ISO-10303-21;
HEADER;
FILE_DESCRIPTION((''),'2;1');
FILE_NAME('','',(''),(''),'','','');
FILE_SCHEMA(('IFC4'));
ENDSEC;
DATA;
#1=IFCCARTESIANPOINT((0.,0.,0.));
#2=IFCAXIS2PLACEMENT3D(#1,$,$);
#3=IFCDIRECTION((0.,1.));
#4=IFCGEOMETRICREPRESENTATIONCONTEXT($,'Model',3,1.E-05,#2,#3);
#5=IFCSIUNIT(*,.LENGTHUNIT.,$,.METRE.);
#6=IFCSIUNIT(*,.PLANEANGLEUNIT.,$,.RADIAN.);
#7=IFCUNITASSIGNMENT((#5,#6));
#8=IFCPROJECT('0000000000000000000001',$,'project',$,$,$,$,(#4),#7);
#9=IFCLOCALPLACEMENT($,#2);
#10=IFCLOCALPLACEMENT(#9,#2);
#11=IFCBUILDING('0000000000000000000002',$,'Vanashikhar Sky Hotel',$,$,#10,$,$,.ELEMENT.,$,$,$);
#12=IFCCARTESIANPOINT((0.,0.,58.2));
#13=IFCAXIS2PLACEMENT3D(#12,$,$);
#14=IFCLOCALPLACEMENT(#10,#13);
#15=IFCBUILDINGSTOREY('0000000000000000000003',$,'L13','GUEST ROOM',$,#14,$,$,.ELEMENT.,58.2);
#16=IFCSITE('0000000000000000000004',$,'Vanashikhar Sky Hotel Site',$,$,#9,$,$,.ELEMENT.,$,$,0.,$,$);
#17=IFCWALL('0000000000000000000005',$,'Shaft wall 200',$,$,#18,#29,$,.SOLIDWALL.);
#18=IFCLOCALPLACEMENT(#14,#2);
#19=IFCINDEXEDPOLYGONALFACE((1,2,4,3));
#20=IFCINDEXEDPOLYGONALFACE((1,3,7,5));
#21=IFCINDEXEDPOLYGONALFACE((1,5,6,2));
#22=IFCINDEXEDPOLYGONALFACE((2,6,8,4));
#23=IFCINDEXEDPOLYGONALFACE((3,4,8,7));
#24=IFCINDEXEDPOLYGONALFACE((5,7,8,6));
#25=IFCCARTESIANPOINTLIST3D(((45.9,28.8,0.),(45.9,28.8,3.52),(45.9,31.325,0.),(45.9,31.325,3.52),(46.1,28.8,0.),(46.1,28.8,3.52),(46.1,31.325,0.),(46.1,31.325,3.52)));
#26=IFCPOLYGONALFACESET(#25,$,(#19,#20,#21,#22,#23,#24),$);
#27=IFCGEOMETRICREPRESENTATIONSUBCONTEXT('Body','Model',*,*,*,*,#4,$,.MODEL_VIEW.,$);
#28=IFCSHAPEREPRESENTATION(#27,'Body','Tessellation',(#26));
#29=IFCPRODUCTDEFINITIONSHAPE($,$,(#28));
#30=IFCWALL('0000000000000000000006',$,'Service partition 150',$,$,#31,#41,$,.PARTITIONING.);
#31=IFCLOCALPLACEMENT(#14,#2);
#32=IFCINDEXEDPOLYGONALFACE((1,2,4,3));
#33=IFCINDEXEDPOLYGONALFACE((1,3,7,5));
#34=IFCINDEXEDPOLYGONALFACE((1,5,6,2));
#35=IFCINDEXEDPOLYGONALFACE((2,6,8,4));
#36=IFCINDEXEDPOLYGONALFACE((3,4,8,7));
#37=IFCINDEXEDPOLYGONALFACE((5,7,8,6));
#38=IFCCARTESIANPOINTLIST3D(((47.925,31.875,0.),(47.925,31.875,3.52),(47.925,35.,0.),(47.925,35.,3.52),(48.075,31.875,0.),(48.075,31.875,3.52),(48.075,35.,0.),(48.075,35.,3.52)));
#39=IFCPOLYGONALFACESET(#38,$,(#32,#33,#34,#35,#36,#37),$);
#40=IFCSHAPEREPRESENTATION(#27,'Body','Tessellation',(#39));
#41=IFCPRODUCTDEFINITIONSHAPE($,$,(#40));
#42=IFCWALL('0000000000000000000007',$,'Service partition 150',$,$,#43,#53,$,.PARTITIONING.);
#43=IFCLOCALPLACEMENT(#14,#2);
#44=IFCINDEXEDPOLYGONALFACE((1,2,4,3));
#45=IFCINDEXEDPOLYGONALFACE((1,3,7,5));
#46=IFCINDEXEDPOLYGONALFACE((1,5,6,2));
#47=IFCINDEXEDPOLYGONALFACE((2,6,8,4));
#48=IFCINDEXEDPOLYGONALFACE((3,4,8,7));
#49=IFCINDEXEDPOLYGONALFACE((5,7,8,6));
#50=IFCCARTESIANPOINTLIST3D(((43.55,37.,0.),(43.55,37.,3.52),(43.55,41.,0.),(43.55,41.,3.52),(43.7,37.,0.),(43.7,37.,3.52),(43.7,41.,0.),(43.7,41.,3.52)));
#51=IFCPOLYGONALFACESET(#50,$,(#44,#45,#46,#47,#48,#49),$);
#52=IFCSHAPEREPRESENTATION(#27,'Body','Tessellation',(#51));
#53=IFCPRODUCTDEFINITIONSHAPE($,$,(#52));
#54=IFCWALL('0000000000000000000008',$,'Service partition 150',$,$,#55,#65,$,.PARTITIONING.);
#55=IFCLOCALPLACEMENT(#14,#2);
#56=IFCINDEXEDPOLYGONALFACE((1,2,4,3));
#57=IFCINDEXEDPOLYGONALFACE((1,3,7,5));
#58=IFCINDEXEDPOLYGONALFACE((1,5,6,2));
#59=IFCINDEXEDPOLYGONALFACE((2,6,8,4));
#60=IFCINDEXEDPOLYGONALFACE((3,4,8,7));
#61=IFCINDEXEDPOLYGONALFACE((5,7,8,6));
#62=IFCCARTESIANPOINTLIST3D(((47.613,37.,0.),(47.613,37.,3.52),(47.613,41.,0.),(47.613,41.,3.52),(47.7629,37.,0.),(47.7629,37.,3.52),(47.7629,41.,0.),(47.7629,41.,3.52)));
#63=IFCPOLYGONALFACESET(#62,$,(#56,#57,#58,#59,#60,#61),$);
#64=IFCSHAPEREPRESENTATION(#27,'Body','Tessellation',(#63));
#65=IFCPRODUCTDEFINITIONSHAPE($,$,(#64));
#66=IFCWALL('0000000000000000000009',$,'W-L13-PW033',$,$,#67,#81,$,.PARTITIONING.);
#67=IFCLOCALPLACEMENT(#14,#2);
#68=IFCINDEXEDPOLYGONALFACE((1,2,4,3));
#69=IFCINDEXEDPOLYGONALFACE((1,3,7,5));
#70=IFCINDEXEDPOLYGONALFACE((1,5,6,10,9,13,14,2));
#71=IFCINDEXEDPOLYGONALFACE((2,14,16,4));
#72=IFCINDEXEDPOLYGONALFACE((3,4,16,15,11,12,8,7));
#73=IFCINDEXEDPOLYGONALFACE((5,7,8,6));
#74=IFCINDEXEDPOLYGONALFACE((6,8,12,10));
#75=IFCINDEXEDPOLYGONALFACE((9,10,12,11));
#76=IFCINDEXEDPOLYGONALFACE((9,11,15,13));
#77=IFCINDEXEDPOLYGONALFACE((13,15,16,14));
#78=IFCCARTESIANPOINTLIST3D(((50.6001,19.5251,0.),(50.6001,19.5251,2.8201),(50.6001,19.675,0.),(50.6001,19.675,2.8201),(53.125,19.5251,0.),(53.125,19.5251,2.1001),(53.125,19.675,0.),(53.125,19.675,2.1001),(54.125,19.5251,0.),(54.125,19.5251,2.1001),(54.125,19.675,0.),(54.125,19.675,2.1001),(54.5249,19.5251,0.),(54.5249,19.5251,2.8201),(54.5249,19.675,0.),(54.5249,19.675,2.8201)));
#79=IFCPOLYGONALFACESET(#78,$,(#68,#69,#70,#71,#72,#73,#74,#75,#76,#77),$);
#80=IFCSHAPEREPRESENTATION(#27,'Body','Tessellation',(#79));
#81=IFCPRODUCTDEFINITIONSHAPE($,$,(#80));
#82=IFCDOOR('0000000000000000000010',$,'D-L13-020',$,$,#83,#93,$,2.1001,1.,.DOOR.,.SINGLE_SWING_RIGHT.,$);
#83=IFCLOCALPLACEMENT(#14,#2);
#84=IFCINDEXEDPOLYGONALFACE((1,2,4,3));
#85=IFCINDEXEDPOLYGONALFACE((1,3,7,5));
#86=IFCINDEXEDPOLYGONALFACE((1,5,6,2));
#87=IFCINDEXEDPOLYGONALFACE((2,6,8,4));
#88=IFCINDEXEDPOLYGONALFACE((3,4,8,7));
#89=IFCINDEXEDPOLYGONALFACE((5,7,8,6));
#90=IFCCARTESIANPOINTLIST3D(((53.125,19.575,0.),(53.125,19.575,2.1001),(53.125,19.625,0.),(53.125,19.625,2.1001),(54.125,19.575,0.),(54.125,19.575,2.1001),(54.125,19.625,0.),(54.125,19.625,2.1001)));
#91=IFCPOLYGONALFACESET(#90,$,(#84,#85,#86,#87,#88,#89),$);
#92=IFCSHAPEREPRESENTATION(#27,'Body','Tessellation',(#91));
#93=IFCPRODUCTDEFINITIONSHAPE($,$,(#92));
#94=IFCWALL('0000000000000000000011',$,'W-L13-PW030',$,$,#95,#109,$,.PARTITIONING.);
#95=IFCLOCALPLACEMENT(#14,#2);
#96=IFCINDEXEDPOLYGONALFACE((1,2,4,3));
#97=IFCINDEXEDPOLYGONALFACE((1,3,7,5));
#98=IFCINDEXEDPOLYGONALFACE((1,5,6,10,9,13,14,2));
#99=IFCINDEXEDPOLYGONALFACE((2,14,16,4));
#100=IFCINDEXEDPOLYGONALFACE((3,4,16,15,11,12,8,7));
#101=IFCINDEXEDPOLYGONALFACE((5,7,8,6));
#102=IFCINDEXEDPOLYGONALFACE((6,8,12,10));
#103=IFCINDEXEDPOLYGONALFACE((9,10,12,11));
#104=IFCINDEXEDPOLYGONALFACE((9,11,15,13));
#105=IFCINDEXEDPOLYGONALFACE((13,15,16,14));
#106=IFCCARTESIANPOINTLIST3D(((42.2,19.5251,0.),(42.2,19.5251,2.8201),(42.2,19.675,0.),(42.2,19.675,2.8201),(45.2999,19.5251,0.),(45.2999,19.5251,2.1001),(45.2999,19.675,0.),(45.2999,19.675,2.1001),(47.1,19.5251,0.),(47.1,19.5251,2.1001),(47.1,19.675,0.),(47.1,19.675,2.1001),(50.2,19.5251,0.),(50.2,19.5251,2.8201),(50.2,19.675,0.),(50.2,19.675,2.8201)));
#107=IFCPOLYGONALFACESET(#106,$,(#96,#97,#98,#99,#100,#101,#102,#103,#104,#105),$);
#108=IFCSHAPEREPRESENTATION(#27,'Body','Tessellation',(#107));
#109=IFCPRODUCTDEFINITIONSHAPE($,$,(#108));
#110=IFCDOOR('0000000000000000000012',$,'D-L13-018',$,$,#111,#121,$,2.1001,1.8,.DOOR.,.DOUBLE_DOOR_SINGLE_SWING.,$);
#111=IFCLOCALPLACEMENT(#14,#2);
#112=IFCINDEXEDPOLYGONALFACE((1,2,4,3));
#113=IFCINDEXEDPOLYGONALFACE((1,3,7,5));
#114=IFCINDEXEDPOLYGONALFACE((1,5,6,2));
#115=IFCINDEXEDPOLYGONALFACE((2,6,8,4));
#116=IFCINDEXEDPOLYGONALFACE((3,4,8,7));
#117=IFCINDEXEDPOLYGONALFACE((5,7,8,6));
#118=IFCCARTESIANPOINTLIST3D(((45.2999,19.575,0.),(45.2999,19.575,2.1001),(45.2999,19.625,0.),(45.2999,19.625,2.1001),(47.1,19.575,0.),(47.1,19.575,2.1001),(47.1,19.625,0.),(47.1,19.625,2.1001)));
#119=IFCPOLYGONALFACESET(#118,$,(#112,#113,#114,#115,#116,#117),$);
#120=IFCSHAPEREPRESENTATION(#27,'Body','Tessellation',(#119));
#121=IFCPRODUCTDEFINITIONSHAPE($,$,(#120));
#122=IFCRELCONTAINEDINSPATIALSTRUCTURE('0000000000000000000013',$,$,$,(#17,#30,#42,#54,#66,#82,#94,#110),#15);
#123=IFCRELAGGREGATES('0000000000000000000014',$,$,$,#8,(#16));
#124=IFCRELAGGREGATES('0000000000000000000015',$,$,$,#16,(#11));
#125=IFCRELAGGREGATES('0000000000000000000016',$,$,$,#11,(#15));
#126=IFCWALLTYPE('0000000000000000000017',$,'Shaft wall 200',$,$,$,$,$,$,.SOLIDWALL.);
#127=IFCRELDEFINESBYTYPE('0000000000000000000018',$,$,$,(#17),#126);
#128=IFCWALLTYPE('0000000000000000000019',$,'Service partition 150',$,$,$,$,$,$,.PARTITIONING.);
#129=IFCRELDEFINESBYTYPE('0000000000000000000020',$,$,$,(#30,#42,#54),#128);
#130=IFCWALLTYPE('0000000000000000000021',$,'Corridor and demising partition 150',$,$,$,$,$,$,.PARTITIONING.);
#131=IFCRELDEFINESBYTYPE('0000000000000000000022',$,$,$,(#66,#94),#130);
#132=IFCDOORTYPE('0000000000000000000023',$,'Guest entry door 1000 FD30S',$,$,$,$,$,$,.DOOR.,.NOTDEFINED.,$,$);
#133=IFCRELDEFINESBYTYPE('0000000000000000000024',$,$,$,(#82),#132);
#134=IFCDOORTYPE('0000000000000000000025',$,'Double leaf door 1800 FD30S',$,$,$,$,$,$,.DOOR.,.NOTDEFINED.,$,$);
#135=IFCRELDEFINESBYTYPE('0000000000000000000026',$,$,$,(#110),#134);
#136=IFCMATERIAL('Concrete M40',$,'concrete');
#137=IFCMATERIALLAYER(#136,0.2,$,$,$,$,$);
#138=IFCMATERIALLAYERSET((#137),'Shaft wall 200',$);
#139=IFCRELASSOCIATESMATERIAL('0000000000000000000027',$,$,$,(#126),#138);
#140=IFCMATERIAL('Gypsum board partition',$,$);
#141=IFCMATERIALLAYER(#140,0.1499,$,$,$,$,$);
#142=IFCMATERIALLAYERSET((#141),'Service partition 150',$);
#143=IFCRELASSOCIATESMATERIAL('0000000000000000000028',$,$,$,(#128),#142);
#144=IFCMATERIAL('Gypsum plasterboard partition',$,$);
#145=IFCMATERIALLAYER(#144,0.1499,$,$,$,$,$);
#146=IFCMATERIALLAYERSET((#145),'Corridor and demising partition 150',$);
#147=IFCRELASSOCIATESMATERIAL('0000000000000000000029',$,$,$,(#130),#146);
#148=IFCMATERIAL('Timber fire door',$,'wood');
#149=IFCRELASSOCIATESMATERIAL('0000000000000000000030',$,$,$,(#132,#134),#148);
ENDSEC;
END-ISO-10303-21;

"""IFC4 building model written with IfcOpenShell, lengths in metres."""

from ifc_helpers import new_model, si_unit, direction, frame, frame_2d, origin, place, context, subcontext, project, spatial, rectangle, extrude, source, transform, mapped, material, layer, layer_set, type_object, element, fill, save


model = new_model("IFC4")

# Units and contexts
model_context = context("Model", 3, precision=1e-05, world=origin(), true_north=direction((0.0, 1.0)))
body_context = subcontext(model_context, "Body", "Model", "MODEL_VIEW")
ifc_project = project(units=[si_unit("LENGTHUNIT", "METRE"), si_unit("PLANEANGLEUNIT", "RADIAN")], contexts=[model_context])

# Site, building, storey
site_placement = place(None, origin())
site = spatial("IfcSite", under=ifc_project, at=site_placement, Name="Vanashikhar Sky Hotel Site", CompositionType="ELEMENT", RefElevation=0.0)
building_placement = place(site_placement, origin())
building = spatial("IfcBuilding", under=site, at=building_placement, Name="Vanashikhar Sky Hotel", CompositionType="ELEMENT")
storey_placement = place(building_placement, frame((0.0, 0.0, 58.2)))
storey = spatial("IfcBuildingStorey", under=building, at=storey_placement, Name="L13", Description="GUEST ROOM", CompositionType="ELEMENT", Elevation=58.2)

# Shared definitions
shared_shape_1 = source(origin(), body_context, "Body", "SweptSolid", [
    extrude(rectangle(XDim=1.0, YDim=2.1001, at=frame_2d((0.5, 1.05))), frame((0.0, 0.0249, 0.0), z_axis=(0.0, -1.0, 0.0), x_axis=(1.0, 0.0, 0.0)), (0.0, 0.0, 1.0), 0.05),
])

# Shared definitions
ifc_material_1 = material(Name="Concrete M40", Category="concrete")
ifc_layer_1 = layer(ifc_material_1, 0.2)
ifc_layer_set_1 = layer_set([ifc_layer_1], Name="Shaft wall 200")
wall_type_1 = type_object("IfcWallType", Name="Shaft wall 200", PredefinedType="SOLIDWALL", material=ifc_layer_set_1)

# Walls
shared_shape_2 = source(origin(), body_context, "Body", "SweptSolid", [
    extrude(rectangle(XDim=2.5249, YDim=0.2, at=frame_2d((1.2625, 0.0))), origin(), (0.0, 0.0, 1.0), 3.52),
])
wall_1_placement = place(storey_placement, frame((46.0, 28.8, 0.0), z_axis=(0.0, 0.0, 1.0), x_axis=(0.0, 1.0, 0.0)))
element("IfcWall", 1, at=wall_1_placement, inside=storey, type_object=wall_type_1, Name="Shaft wall 200", PredefinedType="SOLIDWALL", context=body_context, shape_type="MappedRepresentation", body=[
    mapped(shared_shape_2, transform((0.0, 0.0, 0.0), scale=1.0)),
])
ifc_material_2 = material(Name="Gypsum board partition")
ifc_layer_2 = layer(ifc_material_2, 0.1499)
ifc_layer_set_2 = layer_set([ifc_layer_2], Name="Service partition 150")
wall_type_2 = type_object("IfcWallType", Name="Service partition 150", PredefinedType="PARTITIONING", material=ifc_layer_set_2)
shared_shape_3 = source(origin(), body_context, "Body", "SweptSolid", [
    extrude(rectangle(XDim=3.125, YDim=0.1499, at=frame_2d((1.5625, 0.0))), origin(), (0.0, 0.0, 1.0), 3.52),
])
wall_2_placement = place(storey_placement, frame((48.0, 31.875, 0.0), z_axis=(0.0, 0.0, 1.0), x_axis=(0.0, 1.0, 0.0)))
element("IfcWall", 2, at=wall_2_placement, inside=storey, type_object=wall_type_2, Name="Service partition 150", PredefinedType="PARTITIONING", context=body_context, shape_type="MappedRepresentation", body=[
    mapped(shared_shape_3, transform((0.0, 0.0, 0.0), scale=1.0)),
])
shared_shape_4 = source(origin(), body_context, "Body", "SweptSolid", [
    extrude(rectangle(XDim=4.0, YDim=0.1499, at=frame_2d((2.0, 0.0))), origin(), (0.0, 0.0, 1.0), 3.52),
])
for number, where, z_axis, x_axis, name in (
    (3, (43.625, 37.0, 0.0), (0.0, 0.0, 1.0), (0.0, 1.0, 0.0), "Service partition 150"),
    (4, (47.688, 37.0, 0.0), (0.0, 0.0, 1.0), (0.0, 1.0, 0.0), "Service partition 150"),
):
    element("IfcWall", number, at=place(storey_placement, frame(where, z_axis=z_axis, x_axis=x_axis)), inside=storey, type_object=wall_type_2, Name=name, PredefinedType="PARTITIONING", context=body_context, shape_type="MappedRepresentation", body=[
        mapped(shared_shape_4, transform((0.0, 0.0, 0.0), scale=1.0)),
    ])

# Walls, openings, doors
ifc_material_3 = material(Name="Gypsum plasterboard partition")
ifc_layer_3 = layer(ifc_material_3, 0.1499)
ifc_layer_set_3 = layer_set([ifc_layer_3], Name="Corridor and demising partition 150")
wall_type_3 = type_object("IfcWallType", Name="Corridor and demising partition 150", PredefinedType="PARTITIONING", material=ifc_layer_set_3)
shared_shape_5 = source(origin(), body_context, "Body", "SweptSolid", [
    extrude(rectangle(XDim=3.9248, YDim=0.1499, at=frame_2d((1.9624, 0.0))), origin(), (0.0, 0.0, 1.0), 2.8201),
])
wall_3_placement = place(storey_placement, frame((50.6001, 19.6001, 0.0), z_axis=(0.0, 0.0, 1.0), x_axis=(1.0, 0.0, 0.0)))
wall_3 = element("IfcWall", 5, at=wall_3_placement, inside=storey, type_object=wall_type_3, Name="W-L13-PW033", PredefinedType="PARTITIONING", context=body_context, shape_type="MappedRepresentation", body=[
    mapped(shared_shape_5, transform((0.0, 0.0, 0.0), scale=1.0)),
])
shared_shape_6 = source(origin(), body_context, "Body", "SweptSolid", [
    extrude(rectangle(XDim=1.0, YDim=2.1001, at=frame_2d((0.5, 1.05))), frame((0.0, 0.085, 0.0), z_axis=(0.0, -1.0, 0.0), x_axis=(1.0, 0.0, 0.0)), (0.0, 0.0, 1.0), 0.1699),
])
opening_1_placement = place(wall_3_placement, frame((2.5249, 0.0, 0.0)))
opening_1 = element("IfcOpeningElement", 6, at=opening_1_placement, cuts=wall_3, PredefinedType="OPENING", context=body_context, shape_type="MappedRepresentation", body=[
    mapped(shared_shape_6, transform((0.0, 0.0, 0.0), scale=1.0)),
])
ifc_material_4 = material(Name="Timber fire door", Category="wood")
door_type_1 = type_object("IfcDoorType", Name="Guest entry door 1000 FD30S", OperationType="NOTDEFINED", PredefinedType="DOOR", material=ifc_material_4)
door_1_placement = place(opening_1_placement, origin())
door_1 = element("IfcDoor", 7, at=door_1_placement, inside=storey, type_object=door_type_1, Name="D-L13-020", OperationType="SINGLE_SWING_RIGHT", OverallHeight=2.1001, OverallWidth=1.0, PredefinedType="DOOR", context=body_context, shape_type="MappedRepresentation", body=[
    mapped(shared_shape_1, transform((0.0, 0.0, 0.0), scale=1.0)),
])
fill(opening_1, door_1)
shared_shape_7 = source(origin(), body_context, "Body", "SweptSolid", [
    extrude(rectangle(XDim=8.0, YDim=0.1499, at=frame_2d((4.0, 0.0))), origin(), (0.0, 0.0, 1.0), 2.8201),
])
wall_4_placement = place(storey_placement, frame((42.2, 19.6001, 0.0), z_axis=(0.0, 0.0, 1.0), x_axis=(1.0, 0.0, 0.0)))
wall_4 = element("IfcWall", 8, at=wall_4_placement, inside=storey, type_object=wall_type_3, Name="W-L13-PW030", PredefinedType="PARTITIONING", context=body_context, shape_type="MappedRepresentation", body=[
    mapped(shared_shape_7, transform((0.0, 0.0, 0.0), scale=1.0)),
])
shared_shape_8 = source(origin(), body_context, "Body", "SweptSolid", [
    extrude(rectangle(XDim=1.8, YDim=2.1001, at=frame_2d((0.8999, 1.05))), frame((0.0, 0.085, 0.0), z_axis=(0.0, -1.0, 0.0), x_axis=(1.0, 0.0, 0.0)), (0.0, 0.0, 1.0), 0.1699),
])
opening_2_placement = place(wall_4_placement, frame((3.1001, 0.0, 0.0)))
opening_2 = element("IfcOpeningElement", 9, at=opening_2_placement, cuts=wall_4, PredefinedType="OPENING", context=body_context, shape_type="MappedRepresentation", body=[
    mapped(shared_shape_8, transform((0.0, 0.0, 0.0), scale=1.0)),
])
door_type_2 = type_object("IfcDoorType", Name="Double leaf door 1800 FD30S", OperationType="NOTDEFINED", PredefinedType="DOOR", material=ifc_material_4)
shared_shape_9 = source(origin(), body_context, "Body", "SweptSolid", [
    extrude(rectangle(XDim=1.8, YDim=2.1001, at=frame_2d((0.8999, 1.05))), frame((0.0, 0.0249, 0.0), z_axis=(0.0, -1.0, 0.0), x_axis=(1.0, 0.0, 0.0)), (0.0, 0.0, 1.0), 0.05),
])
door_2_placement = place(opening_2_placement, origin())
door_2 = element("IfcDoor", 10, at=door_2_placement, inside=storey, type_object=door_type_2, Name="D-L13-018", OperationType="DOUBLE_DOOR_SINGLE_SWING", OverallHeight=2.1001, OverallWidth=1.8, PredefinedType="DOOR", context=body_context, shape_type="MappedRepresentation", body=[
    mapped(shared_shape_9, transform((0.0, 0.0, 0.0), scale=1.0)),
])
fill(opening_2, door_2)

save(model, "model.ifc")
